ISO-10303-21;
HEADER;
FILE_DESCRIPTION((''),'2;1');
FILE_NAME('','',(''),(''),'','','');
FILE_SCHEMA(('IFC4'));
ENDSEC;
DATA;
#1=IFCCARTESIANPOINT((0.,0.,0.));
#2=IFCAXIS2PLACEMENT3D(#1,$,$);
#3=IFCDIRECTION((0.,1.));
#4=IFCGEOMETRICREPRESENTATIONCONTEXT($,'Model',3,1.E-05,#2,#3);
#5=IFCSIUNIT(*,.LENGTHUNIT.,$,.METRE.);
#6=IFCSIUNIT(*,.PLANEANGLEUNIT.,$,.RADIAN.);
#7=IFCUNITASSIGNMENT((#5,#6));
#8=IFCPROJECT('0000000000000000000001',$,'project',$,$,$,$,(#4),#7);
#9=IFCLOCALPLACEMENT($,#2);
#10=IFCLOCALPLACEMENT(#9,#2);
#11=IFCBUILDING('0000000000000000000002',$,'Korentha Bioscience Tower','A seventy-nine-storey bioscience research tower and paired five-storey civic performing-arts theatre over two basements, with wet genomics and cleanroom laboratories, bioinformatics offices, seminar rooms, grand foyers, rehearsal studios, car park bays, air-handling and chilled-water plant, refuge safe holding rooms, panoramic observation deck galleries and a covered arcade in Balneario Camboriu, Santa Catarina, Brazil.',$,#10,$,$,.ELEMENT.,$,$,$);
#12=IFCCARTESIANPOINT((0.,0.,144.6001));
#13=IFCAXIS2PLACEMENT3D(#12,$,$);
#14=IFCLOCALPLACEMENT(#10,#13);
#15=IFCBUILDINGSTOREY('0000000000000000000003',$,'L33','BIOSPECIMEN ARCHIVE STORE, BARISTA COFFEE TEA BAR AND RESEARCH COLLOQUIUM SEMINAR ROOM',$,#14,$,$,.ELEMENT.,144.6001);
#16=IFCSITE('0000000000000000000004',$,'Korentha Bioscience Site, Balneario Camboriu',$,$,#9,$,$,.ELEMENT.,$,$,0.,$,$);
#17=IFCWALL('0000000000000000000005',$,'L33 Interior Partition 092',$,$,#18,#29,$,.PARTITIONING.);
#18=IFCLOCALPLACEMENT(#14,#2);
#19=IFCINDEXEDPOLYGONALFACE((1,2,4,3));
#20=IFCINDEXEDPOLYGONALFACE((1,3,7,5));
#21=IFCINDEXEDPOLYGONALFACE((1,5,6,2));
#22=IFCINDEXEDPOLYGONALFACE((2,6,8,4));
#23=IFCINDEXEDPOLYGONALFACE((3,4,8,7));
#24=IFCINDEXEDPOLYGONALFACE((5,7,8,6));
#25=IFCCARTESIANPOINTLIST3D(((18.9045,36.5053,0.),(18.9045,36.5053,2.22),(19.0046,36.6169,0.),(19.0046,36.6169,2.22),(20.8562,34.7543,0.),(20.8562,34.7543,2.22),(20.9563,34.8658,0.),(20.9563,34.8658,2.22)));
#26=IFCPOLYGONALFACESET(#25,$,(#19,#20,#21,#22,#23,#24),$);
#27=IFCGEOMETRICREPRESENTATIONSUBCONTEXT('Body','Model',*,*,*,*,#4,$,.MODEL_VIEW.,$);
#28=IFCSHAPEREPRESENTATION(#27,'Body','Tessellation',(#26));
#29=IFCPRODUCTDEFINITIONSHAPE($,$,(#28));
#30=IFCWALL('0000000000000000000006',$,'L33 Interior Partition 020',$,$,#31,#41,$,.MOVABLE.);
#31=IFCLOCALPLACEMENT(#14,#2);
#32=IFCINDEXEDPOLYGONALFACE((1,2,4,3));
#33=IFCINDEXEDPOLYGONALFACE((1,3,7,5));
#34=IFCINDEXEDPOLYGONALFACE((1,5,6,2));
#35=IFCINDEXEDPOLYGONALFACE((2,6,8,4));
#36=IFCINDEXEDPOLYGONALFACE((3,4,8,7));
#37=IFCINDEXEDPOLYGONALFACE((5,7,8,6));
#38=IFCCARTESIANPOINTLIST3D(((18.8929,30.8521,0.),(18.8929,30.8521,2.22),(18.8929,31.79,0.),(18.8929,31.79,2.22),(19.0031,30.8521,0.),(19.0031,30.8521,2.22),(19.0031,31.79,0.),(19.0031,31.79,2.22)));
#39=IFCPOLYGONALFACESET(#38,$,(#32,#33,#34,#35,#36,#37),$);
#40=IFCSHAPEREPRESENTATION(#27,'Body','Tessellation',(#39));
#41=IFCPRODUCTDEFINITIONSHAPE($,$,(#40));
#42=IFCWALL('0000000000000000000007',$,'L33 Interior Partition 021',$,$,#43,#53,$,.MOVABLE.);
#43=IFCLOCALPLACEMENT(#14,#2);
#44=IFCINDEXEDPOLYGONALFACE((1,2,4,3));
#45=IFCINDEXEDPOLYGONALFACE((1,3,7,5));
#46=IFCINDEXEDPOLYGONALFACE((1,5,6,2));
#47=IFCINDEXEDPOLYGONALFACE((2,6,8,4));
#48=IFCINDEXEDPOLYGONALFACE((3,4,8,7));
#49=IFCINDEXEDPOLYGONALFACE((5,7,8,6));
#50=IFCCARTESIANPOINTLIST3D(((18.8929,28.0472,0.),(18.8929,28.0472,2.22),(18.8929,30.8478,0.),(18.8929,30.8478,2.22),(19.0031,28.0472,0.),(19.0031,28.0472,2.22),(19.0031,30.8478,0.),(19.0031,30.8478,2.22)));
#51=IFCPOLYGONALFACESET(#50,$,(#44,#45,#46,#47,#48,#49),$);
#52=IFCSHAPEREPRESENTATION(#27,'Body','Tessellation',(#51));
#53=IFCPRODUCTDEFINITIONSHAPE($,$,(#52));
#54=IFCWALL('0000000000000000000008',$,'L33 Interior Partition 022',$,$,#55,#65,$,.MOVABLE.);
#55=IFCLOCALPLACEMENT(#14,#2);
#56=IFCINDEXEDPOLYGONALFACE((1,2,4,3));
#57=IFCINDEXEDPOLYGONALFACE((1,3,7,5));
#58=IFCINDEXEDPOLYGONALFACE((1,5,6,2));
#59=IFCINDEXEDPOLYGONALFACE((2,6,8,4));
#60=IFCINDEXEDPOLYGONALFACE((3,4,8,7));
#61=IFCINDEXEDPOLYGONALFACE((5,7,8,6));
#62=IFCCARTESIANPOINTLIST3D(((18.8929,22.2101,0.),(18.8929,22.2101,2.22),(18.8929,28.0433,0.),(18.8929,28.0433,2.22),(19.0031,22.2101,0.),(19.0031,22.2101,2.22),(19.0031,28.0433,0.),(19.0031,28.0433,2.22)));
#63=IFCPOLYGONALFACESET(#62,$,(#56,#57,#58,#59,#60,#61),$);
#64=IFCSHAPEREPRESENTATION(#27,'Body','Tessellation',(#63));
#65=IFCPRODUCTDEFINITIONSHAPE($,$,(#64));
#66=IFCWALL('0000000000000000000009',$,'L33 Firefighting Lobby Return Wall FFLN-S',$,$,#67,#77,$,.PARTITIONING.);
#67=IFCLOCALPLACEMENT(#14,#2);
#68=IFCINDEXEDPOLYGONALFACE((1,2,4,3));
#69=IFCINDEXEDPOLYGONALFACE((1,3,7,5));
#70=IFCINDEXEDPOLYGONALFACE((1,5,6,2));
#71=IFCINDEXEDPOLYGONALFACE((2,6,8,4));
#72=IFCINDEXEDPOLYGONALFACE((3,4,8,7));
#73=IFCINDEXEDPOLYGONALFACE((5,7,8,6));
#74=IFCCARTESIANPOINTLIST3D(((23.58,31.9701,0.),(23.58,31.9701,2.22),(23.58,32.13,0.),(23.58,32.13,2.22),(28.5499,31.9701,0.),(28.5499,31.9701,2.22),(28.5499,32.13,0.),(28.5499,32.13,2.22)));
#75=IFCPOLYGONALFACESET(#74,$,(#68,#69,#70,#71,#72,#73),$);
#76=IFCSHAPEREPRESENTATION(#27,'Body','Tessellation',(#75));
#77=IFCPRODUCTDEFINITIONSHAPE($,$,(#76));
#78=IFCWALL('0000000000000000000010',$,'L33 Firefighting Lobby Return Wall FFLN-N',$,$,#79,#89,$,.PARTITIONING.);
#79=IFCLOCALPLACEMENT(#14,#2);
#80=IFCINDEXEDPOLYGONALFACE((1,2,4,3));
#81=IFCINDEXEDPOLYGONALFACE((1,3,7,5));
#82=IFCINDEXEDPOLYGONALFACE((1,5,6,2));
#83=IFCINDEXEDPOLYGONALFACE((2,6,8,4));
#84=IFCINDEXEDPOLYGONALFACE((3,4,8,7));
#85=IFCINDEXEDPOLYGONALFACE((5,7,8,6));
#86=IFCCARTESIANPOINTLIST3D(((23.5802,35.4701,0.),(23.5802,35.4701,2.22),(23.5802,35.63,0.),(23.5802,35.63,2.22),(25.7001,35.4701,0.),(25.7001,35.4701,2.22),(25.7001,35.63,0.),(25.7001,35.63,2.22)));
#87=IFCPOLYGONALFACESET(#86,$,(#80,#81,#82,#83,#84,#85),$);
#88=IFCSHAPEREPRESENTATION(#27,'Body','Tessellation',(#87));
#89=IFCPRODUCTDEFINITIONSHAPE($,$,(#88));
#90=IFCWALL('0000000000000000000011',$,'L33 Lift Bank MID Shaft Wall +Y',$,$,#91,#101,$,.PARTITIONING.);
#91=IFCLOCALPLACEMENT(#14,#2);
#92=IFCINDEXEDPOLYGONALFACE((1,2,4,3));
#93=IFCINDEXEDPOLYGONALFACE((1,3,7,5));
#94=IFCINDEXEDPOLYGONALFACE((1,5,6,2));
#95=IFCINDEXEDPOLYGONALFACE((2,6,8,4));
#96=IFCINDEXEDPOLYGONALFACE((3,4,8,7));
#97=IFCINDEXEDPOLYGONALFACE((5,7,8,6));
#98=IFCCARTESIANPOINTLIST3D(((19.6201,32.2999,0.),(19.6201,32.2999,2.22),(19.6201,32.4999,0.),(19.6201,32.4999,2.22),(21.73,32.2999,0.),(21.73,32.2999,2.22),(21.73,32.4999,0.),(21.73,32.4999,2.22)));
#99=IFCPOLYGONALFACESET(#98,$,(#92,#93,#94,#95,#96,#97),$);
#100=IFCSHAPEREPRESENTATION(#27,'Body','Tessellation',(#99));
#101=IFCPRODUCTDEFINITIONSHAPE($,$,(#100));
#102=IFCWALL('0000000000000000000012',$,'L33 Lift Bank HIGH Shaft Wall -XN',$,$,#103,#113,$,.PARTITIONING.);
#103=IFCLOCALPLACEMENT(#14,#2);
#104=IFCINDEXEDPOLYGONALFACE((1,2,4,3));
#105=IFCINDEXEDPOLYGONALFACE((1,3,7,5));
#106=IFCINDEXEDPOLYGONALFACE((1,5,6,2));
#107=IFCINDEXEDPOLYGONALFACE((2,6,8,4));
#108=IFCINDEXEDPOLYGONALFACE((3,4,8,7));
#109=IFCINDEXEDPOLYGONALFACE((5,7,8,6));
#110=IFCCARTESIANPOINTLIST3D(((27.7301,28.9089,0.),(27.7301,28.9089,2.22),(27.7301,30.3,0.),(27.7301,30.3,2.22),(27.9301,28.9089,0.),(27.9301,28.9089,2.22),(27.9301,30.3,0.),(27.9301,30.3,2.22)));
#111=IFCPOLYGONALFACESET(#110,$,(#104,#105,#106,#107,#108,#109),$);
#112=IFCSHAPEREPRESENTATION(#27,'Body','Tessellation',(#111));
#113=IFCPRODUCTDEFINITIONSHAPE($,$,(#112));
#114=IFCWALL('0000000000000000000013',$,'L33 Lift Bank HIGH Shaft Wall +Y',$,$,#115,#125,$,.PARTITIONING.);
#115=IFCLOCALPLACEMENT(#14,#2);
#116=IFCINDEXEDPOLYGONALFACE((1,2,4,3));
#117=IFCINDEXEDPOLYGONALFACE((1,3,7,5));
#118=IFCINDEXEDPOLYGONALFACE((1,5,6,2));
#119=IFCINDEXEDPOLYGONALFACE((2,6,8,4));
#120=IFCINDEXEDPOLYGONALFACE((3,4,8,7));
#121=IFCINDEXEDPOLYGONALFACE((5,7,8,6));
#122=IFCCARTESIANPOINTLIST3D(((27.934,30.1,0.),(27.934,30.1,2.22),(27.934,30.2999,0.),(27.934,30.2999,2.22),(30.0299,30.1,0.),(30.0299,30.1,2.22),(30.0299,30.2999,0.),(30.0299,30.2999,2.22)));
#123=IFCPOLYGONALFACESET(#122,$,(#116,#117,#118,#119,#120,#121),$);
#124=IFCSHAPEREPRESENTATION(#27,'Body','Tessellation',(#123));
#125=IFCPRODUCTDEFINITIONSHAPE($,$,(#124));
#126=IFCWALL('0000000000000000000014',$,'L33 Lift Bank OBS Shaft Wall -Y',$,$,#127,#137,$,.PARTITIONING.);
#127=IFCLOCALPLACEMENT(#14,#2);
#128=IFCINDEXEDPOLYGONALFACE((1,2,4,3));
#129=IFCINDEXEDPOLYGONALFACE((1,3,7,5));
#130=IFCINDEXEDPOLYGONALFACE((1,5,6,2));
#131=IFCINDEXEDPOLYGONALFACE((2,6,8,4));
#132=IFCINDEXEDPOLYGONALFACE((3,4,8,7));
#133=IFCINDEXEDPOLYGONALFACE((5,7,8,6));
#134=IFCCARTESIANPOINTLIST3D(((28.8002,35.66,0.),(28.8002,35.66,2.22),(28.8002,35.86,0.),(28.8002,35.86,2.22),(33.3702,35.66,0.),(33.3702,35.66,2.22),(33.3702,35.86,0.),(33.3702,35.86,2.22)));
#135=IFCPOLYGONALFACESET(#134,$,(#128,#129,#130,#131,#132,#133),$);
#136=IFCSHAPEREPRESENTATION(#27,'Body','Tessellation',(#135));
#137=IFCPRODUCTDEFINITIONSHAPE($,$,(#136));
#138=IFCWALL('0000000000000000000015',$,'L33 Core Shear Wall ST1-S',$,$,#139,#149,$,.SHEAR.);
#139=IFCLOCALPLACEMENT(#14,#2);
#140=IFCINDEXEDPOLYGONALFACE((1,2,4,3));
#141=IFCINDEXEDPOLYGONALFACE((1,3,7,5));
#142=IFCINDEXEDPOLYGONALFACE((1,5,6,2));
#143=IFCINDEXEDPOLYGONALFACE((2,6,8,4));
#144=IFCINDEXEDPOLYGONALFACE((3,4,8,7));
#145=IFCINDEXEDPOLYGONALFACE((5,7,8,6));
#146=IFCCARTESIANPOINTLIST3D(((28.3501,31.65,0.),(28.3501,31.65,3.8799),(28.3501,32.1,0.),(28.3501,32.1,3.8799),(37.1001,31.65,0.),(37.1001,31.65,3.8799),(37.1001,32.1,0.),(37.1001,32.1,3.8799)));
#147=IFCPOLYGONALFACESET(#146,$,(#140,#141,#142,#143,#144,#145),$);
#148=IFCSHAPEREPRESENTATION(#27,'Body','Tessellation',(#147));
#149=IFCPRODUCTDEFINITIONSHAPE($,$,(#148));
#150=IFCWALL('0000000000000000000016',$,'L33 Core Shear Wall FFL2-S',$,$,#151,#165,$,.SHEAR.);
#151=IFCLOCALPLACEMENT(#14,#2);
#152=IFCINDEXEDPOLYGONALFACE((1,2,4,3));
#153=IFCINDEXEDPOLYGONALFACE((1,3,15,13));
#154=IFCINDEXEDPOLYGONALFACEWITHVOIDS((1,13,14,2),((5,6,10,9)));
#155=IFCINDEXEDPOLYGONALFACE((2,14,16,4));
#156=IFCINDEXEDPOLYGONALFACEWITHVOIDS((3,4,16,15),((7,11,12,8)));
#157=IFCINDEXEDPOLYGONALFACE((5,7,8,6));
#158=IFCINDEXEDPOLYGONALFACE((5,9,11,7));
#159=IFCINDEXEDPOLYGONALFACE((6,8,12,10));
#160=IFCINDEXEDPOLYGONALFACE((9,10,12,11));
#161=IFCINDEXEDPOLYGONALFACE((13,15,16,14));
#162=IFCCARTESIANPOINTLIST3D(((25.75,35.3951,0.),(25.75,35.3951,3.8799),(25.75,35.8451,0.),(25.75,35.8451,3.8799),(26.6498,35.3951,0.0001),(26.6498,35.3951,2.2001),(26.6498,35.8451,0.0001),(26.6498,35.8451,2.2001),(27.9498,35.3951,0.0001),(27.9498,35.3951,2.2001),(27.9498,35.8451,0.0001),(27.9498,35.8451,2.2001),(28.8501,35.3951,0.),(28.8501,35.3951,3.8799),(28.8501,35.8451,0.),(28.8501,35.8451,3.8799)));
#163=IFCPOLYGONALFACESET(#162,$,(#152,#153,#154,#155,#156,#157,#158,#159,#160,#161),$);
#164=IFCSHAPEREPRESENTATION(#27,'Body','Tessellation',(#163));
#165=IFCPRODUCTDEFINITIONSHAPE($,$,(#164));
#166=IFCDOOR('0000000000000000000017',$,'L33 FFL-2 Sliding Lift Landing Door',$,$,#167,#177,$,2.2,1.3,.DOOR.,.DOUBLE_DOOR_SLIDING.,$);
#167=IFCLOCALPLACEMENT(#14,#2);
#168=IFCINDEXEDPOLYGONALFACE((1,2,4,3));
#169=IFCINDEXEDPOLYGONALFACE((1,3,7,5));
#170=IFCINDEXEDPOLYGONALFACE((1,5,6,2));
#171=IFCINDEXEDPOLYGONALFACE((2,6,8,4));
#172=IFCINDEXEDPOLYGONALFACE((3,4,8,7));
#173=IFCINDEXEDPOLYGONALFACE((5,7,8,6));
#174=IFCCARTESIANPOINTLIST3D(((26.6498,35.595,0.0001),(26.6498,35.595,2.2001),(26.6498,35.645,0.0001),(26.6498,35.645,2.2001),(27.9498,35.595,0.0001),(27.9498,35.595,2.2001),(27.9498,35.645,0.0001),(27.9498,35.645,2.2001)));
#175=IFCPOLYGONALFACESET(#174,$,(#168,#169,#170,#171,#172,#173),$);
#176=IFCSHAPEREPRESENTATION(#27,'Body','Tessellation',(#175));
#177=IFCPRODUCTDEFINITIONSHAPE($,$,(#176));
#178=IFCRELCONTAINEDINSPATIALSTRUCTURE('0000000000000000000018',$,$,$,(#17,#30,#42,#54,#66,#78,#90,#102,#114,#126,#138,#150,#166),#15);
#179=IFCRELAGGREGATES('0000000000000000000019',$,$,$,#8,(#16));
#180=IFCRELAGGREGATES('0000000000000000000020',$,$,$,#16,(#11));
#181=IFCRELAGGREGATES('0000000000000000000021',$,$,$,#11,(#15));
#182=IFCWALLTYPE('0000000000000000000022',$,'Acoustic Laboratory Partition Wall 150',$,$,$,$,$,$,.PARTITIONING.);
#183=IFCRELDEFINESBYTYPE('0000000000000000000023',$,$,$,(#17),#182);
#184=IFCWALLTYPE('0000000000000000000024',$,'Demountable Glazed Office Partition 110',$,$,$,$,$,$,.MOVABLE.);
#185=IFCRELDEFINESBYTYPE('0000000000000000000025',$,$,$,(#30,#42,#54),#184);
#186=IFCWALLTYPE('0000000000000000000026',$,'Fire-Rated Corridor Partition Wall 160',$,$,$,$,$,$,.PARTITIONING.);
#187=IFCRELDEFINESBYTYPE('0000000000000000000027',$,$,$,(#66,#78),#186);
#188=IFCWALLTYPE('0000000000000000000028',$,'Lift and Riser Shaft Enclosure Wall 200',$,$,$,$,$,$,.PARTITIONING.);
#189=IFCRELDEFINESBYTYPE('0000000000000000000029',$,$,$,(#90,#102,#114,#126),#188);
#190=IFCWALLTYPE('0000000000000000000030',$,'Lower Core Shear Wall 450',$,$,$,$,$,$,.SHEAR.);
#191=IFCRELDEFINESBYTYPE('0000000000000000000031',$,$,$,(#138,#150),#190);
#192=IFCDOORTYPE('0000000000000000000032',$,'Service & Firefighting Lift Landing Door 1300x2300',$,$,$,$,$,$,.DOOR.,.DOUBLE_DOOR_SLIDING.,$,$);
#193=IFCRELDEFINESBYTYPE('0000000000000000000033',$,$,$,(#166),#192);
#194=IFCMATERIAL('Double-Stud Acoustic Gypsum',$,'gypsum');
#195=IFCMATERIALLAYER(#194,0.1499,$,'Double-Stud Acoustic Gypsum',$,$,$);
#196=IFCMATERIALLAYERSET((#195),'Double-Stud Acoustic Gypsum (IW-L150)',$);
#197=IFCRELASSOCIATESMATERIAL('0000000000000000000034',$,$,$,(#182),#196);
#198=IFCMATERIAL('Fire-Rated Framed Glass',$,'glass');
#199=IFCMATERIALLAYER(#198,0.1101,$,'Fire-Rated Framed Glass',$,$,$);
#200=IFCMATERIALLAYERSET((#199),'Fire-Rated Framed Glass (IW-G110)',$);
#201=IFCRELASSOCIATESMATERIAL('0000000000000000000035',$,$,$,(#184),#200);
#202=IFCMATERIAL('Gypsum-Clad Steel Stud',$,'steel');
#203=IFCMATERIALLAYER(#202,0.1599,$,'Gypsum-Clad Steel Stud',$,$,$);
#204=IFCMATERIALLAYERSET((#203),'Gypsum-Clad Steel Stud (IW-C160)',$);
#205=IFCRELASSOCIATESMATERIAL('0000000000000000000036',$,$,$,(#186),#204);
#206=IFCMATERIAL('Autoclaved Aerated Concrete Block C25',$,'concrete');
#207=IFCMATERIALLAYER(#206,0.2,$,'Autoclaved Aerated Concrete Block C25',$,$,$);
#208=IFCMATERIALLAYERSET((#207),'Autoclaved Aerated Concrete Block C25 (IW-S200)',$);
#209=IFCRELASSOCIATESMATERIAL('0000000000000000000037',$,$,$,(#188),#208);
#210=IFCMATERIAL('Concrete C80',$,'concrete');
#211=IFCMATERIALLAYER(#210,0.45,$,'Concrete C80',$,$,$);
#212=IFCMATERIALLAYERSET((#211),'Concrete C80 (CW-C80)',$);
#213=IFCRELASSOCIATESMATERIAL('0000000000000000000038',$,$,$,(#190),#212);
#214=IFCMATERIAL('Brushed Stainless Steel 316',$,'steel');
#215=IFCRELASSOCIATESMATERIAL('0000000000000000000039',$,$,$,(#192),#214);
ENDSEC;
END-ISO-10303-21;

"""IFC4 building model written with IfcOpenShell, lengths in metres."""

from ifc_helpers import new_model, si_unit, direction, frame, frame_2d, origin, place, context, subcontext, project, spatial, rectangle, extrude, material, layer, layer_set, type_object, element, fill, save


model = new_model("IFC4")

# Units and contexts
model_context = context("Model", 3, precision=1e-05, world=origin(), true_north=direction((0.0, 1.0)))
body_context = subcontext(model_context, "Body", "Model", "MODEL_VIEW")
ifc_project = project(units=[si_unit("LENGTHUNIT", "METRE"), si_unit("PLANEANGLEUNIT", "RADIAN")], contexts=[model_context])

# Site, building, storey
site_placement = place(None, origin())
site = spatial("IfcSite", under=ifc_project, at=site_placement, Name="Korentha Bioscience Site, Balneario Camboriu", CompositionType="ELEMENT", RefElevation=0.0)
building_placement = place(site_placement, origin())
building = spatial("IfcBuilding", under=site, at=building_placement, Name="Korentha Bioscience Tower", Description="A seventy-nine-storey bioscience research tower and paired five-storey civic performing-arts theatre over two basements, with wet genomics and cleanroom laboratories, bioinformatics offices, seminar rooms, grand foyers, rehearsal studios, car park bays, air-handling and chilled-water plant, refuge safe holding rooms, panoramic observation deck galleries and a covered arcade in Balneario Camboriu, Santa Catarina, Brazil.", CompositionType="ELEMENT")
storey_placement = place(building_placement, frame((0.0, 0.0, 144.6001)))
storey = spatial("IfcBuildingStorey", under=building, at=storey_placement, Name="L33", Description="BIOSPECIMEN ARCHIVE STORE, BARISTA COFFEE TEA BAR AND RESEARCH COLLOQUIUM SEMINAR ROOM", CompositionType="ELEMENT", Elevation=144.6001)

# Shared definitions
ifc_material_1 = material(Name="Concrete C80", Category="concrete")

# Shared definitions
ifc_material_2 = material(Name="Double-Stud Acoustic Gypsum", Category="gypsum")
ifc_layer_1 = layer(ifc_material_2, 0.1499, Name="Double-Stud Acoustic Gypsum")
ifc_layer_set_1 = layer_set([ifc_layer_1], Name="Double-Stud Acoustic Gypsum (IW-L150)")
wall_type_1 = type_object("IfcWallType", Name="Acoustic Laboratory Partition Wall 150", PredefinedType="PARTITIONING", material=ifc_layer_set_1)

# Walls
wall_1_placement = place(storey_placement, frame((20.9062, 34.8101, 0.0), z_axis=(0.0, 0.0, 1.0), x_axis=(-0.74434, 0.667801, 0.0)))
element("IfcWall", 1, at=wall_1_placement, inside=storey, type_object=wall_type_1, Name="L33 Interior Partition 092", PredefinedType="PARTITIONING", context=body_context, shape_type="SweptSolid", body=[
    extrude(rectangle(XDim=2.6221, YDim=0.1499, at=frame_2d((1.311, 0.0))), origin(), (0.0, 0.0, 1.0), 2.22),
])
ifc_material_3 = material(Name="Fire-Rated Framed Glass", Category="glass")
ifc_layer_2 = layer(ifc_material_3, 0.1101, Name="Fire-Rated Framed Glass")
ifc_layer_set_2 = layer_set([ifc_layer_2], Name="Fire-Rated Framed Glass (IW-G110)")
wall_type_2 = type_object("IfcWallType", Name="Demountable Glazed Office Partition 110", PredefinedType="MOVABLE", material=ifc_layer_set_2)
wall_2_placement = place(storey_placement, frame((18.948, 31.79, 0.0), z_axis=(0.0, 0.0, 1.0), x_axis=(0.0, -1.0, 0.0)))
element("IfcWall", 2, at=wall_2_placement, inside=storey, type_object=wall_type_2, Name="L33 Interior Partition 020", PredefinedType="MOVABLE", context=body_context, shape_type="SweptSolid", body=[
    extrude(rectangle(XDim=0.938, YDim=0.1101, at=frame_2d((0.469, 0.0))), origin(), (0.0, 0.0, 1.0), 2.22),
])
wall_3_placement = place(storey_placement, frame((18.948, 30.8479, 0.0), z_axis=(0.0, 0.0, 1.0), x_axis=(0.0, -1.0, 0.0)))
element("IfcWall", 3, at=wall_3_placement, inside=storey, type_object=wall_type_2, Name="L33 Interior Partition 021", PredefinedType="MOVABLE", context=body_context, shape_type="SweptSolid", body=[
    extrude(rectangle(XDim=2.8005, YDim=0.1101, at=frame_2d((1.4004, 0.0))), origin(), (0.0, 0.0, 1.0), 2.22),
])
wall_4_placement = place(storey_placement, frame((18.948, 28.0432, 0.0), z_axis=(0.0, 0.0, 1.0), x_axis=(0.0, -1.0, 0.0)))
element("IfcWall", 4, at=wall_4_placement, inside=storey, type_object=wall_type_2, Name="L33 Interior Partition 022", PredefinedType="MOVABLE", context=body_context, shape_type="SweptSolid", body=[
    extrude(rectangle(XDim=5.8333, YDim=0.1101, at=frame_2d((2.9165, 0.0))), origin(), (0.0, 0.0, 1.0), 2.22),
])

# Shared definitions
ifc_material_4 = material(Name="Gypsum-Clad Steel Stud", Category="steel")
ifc_layer_3 = layer(ifc_material_4, 0.1599, Name="Gypsum-Clad Steel Stud")
ifc_layer_set_3 = layer_set([ifc_layer_3], Name="Gypsum-Clad Steel Stud (IW-C160)")
wall_type_3 = type_object("IfcWallType", Name="Fire-Rated Corridor Partition Wall 160", PredefinedType="PARTITIONING", material=ifc_layer_set_3)

# Walls
wall_5_placement = place(storey_placement, frame((23.5801, 32.05, 0.0), z_axis=(0.0, 0.0, 1.0), x_axis=(1.0, 0.0, 0.0)))
element("IfcWall", 5, at=wall_5_placement, inside=storey, type_object=wall_type_3, Name="L33 Firefighting Lobby Return Wall FFLN-S", PredefinedType="PARTITIONING", context=body_context, shape_type="SweptSolid", body=[
    extrude(rectangle(XDim=4.97, YDim=0.1599, at=frame_2d((2.4849, 0.0))), origin(), (0.0, 0.0, 1.0), 2.22),
])
wall_6_placement = place(storey_placement, frame((23.5801, 35.55, 0.0), z_axis=(0.0, 0.0, 1.0), x_axis=(1.0, 0.0, 0.0)))
element("IfcWall", 6, at=wall_6_placement, inside=storey, type_object=wall_type_3, Name="L33 Firefighting Lobby Return Wall FFLN-N", PredefinedType="PARTITIONING", context=body_context, shape_type="SweptSolid", body=[
    extrude(rectangle(XDim=2.1199, YDim=0.1599, at=frame_2d((1.0601, 0.0))), origin(), (0.0, 0.0, 1.0), 2.22),
])
ifc_material_5 = material(Name="Autoclaved Aerated Concrete Block C25", Category="concrete")
ifc_layer_4 = layer(ifc_material_5, 0.2, Name="Autoclaved Aerated Concrete Block C25")
ifc_layer_set_4 = layer_set([ifc_layer_4], Name="Autoclaved Aerated Concrete Block C25 (IW-S200)")
wall_type_4 = type_object("IfcWallType", Name="Lift and Riser Shaft Enclosure Wall 200", PredefinedType="PARTITIONING", material=ifc_layer_set_4)
wall_7_placement = place(storey_placement, frame((19.6201, 32.3999, 0.0), z_axis=(0.0, 0.0, 1.0), x_axis=(1.0, 0.0, 0.0)))
element("IfcWall", 7, at=wall_7_placement, inside=storey, type_object=wall_type_4, Name="L33 Lift Bank MID Shaft Wall +Y", PredefinedType="PARTITIONING", context=body_context, shape_type="SweptSolid", body=[
    extrude(rectangle(XDim=2.1099, YDim=0.2, at=frame_2d((1.0549, 0.0))), origin(), (0.0, 0.0, 1.0), 2.22),
])
wall_8_placement = place(storey_placement, frame((27.8301, 28.9089, 0.0), z_axis=(0.0, 0.0, 1.0), x_axis=(0.0, 1.0, 0.0)))
element("IfcWall", 8, at=wall_8_placement, inside=storey, type_object=wall_type_4, Name="L33 Lift Bank HIGH Shaft Wall -XN", PredefinedType="PARTITIONING", context=body_context, shape_type="SweptSolid", body=[
    extrude(rectangle(XDim=1.3911, YDim=0.2, at=frame_2d((0.6956, 0.0))), origin(), (0.0, 0.0, 1.0), 2.22),
])
wall_9_placement = place(storey_placement, frame((27.9341, 30.2, 0.0), z_axis=(0.0, 0.0, 1.0), x_axis=(1.0, 0.0, 0.0)))
element("IfcWall", 9, at=wall_9_placement, inside=storey, type_object=wall_type_4, Name="L33 Lift Bank HIGH Shaft Wall +Y", PredefinedType="PARTITIONING", context=body_context, shape_type="SweptSolid", body=[
    extrude(rectangle(XDim=2.0959, YDim=0.2, at=frame_2d((1.0479, 0.0))), origin(), (0.0, 0.0, 1.0), 2.22),
])
wall_10_placement = place(storey_placement, frame((28.8, 35.76, 0.0), z_axis=(0.0, 0.0, 1.0), x_axis=(1.0, 0.0, 0.0)))
element("IfcWall", 10, at=wall_10_placement, inside=storey, type_object=wall_type_4, Name="L33 Lift Bank OBS Shaft Wall -Y", PredefinedType="PARTITIONING", context=body_context, shape_type="SweptSolid", body=[
    extrude(rectangle(XDim=4.5701, YDim=0.2, at=frame_2d((2.2852, 0.0))), origin(), (0.0, 0.0, 1.0), 2.22),
])
ifc_layer_5 = layer(ifc_material_1, 0.45, Name="Concrete C80")
ifc_layer_set_5 = layer_set([ifc_layer_5], Name="Concrete C80 (CW-C80)")
wall_type_5 = type_object("IfcWallType", Name="Lower Core Shear Wall 450", PredefinedType="SHEAR", material=ifc_layer_set_5)
wall_11_placement = place(storey_placement, frame((28.3501, 31.875, 0.0), z_axis=(0.0, 0.0, 1.0), x_axis=(1.0, 0.0, 0.0)))
element("IfcWall", 11, at=wall_11_placement, inside=storey, type_object=wall_type_5, Name="L33 Core Shear Wall ST1-S", PredefinedType="SHEAR", context=body_context, shape_type="SweptSolid", body=[
    extrude(rectangle(XDim=8.75, YDim=0.45, at=frame_2d((4.375, 0.0))), origin(), (0.0, 0.0, 1.0), 3.8799),
])

# Wall, opening, door
wall_12_placement = place(storey_placement, frame((25.75, 35.6201, 0.0), z_axis=(0.0, 0.0, 1.0), x_axis=(1.0, 0.0, 0.0)))
wall_12 = element("IfcWall", 12, at=wall_12_placement, inside=storey, type_object=wall_type_5, Name="L33 Core Shear Wall FFL2-S", PredefinedType="SHEAR", context=body_context, shape_type="SweptSolid", body=[
    extrude(rectangle(XDim=3.1001, YDim=0.45, at=frame_2d((1.55, 0.0))), origin(), (0.0, 0.0, 1.0), 3.8799),
])
opening_1_placement = place(wall_12_placement, frame((0.8999, 0.0, 0.0)))
opening_1 = element("IfcOpeningElement", 13, at=opening_1_placement, cuts=wall_12, PredefinedType="OPENING", context=body_context, shape_type="SweptSolid", body=[
    extrude(rectangle(XDim=1.3, YDim=2.2, at=frame_2d((0.6499, 1.1001))), frame((0.0, 0.2397, 0.0), z_axis=(0.0, -1.0, 0.0), x_axis=(1.0, 0.0, 0.0)), (0.0, 0.0, 1.0), 0.4797),
])
ifc_material_6 = material(Name="Brushed Stainless Steel 316", Category="steel")
door_type_1 = type_object("IfcDoorType", Name="Service & Firefighting Lift Landing Door 1300x2300", OperationType="DOUBLE_DOOR_SLIDING", PredefinedType="DOOR", material=ifc_material_6)
door_1_placement = place(opening_1_placement, origin())
door_1 = element("IfcDoor", 14, at=door_1_placement, inside=storey, type_object=door_type_1, Name="L33 FFL-2 Sliding Lift Landing Door", OperationType="DOUBLE_DOOR_SLIDING", OverallHeight=2.2, OverallWidth=1.3, PredefinedType="DOOR", context=body_context, shape_type="SweptSolid", body=[
    extrude(rectangle(XDim=1.3, YDim=2.2, at=frame_2d((0.6499, 1.1001))), frame((0.0, 0.0249, 0.0), z_axis=(0.0, -1.0, 0.0), x_axis=(1.0, 0.0, 0.0)), (0.0, 0.0, 1.0), 0.05),
])
fill(opening_1, door_1)

save(model, "model.ifc")
